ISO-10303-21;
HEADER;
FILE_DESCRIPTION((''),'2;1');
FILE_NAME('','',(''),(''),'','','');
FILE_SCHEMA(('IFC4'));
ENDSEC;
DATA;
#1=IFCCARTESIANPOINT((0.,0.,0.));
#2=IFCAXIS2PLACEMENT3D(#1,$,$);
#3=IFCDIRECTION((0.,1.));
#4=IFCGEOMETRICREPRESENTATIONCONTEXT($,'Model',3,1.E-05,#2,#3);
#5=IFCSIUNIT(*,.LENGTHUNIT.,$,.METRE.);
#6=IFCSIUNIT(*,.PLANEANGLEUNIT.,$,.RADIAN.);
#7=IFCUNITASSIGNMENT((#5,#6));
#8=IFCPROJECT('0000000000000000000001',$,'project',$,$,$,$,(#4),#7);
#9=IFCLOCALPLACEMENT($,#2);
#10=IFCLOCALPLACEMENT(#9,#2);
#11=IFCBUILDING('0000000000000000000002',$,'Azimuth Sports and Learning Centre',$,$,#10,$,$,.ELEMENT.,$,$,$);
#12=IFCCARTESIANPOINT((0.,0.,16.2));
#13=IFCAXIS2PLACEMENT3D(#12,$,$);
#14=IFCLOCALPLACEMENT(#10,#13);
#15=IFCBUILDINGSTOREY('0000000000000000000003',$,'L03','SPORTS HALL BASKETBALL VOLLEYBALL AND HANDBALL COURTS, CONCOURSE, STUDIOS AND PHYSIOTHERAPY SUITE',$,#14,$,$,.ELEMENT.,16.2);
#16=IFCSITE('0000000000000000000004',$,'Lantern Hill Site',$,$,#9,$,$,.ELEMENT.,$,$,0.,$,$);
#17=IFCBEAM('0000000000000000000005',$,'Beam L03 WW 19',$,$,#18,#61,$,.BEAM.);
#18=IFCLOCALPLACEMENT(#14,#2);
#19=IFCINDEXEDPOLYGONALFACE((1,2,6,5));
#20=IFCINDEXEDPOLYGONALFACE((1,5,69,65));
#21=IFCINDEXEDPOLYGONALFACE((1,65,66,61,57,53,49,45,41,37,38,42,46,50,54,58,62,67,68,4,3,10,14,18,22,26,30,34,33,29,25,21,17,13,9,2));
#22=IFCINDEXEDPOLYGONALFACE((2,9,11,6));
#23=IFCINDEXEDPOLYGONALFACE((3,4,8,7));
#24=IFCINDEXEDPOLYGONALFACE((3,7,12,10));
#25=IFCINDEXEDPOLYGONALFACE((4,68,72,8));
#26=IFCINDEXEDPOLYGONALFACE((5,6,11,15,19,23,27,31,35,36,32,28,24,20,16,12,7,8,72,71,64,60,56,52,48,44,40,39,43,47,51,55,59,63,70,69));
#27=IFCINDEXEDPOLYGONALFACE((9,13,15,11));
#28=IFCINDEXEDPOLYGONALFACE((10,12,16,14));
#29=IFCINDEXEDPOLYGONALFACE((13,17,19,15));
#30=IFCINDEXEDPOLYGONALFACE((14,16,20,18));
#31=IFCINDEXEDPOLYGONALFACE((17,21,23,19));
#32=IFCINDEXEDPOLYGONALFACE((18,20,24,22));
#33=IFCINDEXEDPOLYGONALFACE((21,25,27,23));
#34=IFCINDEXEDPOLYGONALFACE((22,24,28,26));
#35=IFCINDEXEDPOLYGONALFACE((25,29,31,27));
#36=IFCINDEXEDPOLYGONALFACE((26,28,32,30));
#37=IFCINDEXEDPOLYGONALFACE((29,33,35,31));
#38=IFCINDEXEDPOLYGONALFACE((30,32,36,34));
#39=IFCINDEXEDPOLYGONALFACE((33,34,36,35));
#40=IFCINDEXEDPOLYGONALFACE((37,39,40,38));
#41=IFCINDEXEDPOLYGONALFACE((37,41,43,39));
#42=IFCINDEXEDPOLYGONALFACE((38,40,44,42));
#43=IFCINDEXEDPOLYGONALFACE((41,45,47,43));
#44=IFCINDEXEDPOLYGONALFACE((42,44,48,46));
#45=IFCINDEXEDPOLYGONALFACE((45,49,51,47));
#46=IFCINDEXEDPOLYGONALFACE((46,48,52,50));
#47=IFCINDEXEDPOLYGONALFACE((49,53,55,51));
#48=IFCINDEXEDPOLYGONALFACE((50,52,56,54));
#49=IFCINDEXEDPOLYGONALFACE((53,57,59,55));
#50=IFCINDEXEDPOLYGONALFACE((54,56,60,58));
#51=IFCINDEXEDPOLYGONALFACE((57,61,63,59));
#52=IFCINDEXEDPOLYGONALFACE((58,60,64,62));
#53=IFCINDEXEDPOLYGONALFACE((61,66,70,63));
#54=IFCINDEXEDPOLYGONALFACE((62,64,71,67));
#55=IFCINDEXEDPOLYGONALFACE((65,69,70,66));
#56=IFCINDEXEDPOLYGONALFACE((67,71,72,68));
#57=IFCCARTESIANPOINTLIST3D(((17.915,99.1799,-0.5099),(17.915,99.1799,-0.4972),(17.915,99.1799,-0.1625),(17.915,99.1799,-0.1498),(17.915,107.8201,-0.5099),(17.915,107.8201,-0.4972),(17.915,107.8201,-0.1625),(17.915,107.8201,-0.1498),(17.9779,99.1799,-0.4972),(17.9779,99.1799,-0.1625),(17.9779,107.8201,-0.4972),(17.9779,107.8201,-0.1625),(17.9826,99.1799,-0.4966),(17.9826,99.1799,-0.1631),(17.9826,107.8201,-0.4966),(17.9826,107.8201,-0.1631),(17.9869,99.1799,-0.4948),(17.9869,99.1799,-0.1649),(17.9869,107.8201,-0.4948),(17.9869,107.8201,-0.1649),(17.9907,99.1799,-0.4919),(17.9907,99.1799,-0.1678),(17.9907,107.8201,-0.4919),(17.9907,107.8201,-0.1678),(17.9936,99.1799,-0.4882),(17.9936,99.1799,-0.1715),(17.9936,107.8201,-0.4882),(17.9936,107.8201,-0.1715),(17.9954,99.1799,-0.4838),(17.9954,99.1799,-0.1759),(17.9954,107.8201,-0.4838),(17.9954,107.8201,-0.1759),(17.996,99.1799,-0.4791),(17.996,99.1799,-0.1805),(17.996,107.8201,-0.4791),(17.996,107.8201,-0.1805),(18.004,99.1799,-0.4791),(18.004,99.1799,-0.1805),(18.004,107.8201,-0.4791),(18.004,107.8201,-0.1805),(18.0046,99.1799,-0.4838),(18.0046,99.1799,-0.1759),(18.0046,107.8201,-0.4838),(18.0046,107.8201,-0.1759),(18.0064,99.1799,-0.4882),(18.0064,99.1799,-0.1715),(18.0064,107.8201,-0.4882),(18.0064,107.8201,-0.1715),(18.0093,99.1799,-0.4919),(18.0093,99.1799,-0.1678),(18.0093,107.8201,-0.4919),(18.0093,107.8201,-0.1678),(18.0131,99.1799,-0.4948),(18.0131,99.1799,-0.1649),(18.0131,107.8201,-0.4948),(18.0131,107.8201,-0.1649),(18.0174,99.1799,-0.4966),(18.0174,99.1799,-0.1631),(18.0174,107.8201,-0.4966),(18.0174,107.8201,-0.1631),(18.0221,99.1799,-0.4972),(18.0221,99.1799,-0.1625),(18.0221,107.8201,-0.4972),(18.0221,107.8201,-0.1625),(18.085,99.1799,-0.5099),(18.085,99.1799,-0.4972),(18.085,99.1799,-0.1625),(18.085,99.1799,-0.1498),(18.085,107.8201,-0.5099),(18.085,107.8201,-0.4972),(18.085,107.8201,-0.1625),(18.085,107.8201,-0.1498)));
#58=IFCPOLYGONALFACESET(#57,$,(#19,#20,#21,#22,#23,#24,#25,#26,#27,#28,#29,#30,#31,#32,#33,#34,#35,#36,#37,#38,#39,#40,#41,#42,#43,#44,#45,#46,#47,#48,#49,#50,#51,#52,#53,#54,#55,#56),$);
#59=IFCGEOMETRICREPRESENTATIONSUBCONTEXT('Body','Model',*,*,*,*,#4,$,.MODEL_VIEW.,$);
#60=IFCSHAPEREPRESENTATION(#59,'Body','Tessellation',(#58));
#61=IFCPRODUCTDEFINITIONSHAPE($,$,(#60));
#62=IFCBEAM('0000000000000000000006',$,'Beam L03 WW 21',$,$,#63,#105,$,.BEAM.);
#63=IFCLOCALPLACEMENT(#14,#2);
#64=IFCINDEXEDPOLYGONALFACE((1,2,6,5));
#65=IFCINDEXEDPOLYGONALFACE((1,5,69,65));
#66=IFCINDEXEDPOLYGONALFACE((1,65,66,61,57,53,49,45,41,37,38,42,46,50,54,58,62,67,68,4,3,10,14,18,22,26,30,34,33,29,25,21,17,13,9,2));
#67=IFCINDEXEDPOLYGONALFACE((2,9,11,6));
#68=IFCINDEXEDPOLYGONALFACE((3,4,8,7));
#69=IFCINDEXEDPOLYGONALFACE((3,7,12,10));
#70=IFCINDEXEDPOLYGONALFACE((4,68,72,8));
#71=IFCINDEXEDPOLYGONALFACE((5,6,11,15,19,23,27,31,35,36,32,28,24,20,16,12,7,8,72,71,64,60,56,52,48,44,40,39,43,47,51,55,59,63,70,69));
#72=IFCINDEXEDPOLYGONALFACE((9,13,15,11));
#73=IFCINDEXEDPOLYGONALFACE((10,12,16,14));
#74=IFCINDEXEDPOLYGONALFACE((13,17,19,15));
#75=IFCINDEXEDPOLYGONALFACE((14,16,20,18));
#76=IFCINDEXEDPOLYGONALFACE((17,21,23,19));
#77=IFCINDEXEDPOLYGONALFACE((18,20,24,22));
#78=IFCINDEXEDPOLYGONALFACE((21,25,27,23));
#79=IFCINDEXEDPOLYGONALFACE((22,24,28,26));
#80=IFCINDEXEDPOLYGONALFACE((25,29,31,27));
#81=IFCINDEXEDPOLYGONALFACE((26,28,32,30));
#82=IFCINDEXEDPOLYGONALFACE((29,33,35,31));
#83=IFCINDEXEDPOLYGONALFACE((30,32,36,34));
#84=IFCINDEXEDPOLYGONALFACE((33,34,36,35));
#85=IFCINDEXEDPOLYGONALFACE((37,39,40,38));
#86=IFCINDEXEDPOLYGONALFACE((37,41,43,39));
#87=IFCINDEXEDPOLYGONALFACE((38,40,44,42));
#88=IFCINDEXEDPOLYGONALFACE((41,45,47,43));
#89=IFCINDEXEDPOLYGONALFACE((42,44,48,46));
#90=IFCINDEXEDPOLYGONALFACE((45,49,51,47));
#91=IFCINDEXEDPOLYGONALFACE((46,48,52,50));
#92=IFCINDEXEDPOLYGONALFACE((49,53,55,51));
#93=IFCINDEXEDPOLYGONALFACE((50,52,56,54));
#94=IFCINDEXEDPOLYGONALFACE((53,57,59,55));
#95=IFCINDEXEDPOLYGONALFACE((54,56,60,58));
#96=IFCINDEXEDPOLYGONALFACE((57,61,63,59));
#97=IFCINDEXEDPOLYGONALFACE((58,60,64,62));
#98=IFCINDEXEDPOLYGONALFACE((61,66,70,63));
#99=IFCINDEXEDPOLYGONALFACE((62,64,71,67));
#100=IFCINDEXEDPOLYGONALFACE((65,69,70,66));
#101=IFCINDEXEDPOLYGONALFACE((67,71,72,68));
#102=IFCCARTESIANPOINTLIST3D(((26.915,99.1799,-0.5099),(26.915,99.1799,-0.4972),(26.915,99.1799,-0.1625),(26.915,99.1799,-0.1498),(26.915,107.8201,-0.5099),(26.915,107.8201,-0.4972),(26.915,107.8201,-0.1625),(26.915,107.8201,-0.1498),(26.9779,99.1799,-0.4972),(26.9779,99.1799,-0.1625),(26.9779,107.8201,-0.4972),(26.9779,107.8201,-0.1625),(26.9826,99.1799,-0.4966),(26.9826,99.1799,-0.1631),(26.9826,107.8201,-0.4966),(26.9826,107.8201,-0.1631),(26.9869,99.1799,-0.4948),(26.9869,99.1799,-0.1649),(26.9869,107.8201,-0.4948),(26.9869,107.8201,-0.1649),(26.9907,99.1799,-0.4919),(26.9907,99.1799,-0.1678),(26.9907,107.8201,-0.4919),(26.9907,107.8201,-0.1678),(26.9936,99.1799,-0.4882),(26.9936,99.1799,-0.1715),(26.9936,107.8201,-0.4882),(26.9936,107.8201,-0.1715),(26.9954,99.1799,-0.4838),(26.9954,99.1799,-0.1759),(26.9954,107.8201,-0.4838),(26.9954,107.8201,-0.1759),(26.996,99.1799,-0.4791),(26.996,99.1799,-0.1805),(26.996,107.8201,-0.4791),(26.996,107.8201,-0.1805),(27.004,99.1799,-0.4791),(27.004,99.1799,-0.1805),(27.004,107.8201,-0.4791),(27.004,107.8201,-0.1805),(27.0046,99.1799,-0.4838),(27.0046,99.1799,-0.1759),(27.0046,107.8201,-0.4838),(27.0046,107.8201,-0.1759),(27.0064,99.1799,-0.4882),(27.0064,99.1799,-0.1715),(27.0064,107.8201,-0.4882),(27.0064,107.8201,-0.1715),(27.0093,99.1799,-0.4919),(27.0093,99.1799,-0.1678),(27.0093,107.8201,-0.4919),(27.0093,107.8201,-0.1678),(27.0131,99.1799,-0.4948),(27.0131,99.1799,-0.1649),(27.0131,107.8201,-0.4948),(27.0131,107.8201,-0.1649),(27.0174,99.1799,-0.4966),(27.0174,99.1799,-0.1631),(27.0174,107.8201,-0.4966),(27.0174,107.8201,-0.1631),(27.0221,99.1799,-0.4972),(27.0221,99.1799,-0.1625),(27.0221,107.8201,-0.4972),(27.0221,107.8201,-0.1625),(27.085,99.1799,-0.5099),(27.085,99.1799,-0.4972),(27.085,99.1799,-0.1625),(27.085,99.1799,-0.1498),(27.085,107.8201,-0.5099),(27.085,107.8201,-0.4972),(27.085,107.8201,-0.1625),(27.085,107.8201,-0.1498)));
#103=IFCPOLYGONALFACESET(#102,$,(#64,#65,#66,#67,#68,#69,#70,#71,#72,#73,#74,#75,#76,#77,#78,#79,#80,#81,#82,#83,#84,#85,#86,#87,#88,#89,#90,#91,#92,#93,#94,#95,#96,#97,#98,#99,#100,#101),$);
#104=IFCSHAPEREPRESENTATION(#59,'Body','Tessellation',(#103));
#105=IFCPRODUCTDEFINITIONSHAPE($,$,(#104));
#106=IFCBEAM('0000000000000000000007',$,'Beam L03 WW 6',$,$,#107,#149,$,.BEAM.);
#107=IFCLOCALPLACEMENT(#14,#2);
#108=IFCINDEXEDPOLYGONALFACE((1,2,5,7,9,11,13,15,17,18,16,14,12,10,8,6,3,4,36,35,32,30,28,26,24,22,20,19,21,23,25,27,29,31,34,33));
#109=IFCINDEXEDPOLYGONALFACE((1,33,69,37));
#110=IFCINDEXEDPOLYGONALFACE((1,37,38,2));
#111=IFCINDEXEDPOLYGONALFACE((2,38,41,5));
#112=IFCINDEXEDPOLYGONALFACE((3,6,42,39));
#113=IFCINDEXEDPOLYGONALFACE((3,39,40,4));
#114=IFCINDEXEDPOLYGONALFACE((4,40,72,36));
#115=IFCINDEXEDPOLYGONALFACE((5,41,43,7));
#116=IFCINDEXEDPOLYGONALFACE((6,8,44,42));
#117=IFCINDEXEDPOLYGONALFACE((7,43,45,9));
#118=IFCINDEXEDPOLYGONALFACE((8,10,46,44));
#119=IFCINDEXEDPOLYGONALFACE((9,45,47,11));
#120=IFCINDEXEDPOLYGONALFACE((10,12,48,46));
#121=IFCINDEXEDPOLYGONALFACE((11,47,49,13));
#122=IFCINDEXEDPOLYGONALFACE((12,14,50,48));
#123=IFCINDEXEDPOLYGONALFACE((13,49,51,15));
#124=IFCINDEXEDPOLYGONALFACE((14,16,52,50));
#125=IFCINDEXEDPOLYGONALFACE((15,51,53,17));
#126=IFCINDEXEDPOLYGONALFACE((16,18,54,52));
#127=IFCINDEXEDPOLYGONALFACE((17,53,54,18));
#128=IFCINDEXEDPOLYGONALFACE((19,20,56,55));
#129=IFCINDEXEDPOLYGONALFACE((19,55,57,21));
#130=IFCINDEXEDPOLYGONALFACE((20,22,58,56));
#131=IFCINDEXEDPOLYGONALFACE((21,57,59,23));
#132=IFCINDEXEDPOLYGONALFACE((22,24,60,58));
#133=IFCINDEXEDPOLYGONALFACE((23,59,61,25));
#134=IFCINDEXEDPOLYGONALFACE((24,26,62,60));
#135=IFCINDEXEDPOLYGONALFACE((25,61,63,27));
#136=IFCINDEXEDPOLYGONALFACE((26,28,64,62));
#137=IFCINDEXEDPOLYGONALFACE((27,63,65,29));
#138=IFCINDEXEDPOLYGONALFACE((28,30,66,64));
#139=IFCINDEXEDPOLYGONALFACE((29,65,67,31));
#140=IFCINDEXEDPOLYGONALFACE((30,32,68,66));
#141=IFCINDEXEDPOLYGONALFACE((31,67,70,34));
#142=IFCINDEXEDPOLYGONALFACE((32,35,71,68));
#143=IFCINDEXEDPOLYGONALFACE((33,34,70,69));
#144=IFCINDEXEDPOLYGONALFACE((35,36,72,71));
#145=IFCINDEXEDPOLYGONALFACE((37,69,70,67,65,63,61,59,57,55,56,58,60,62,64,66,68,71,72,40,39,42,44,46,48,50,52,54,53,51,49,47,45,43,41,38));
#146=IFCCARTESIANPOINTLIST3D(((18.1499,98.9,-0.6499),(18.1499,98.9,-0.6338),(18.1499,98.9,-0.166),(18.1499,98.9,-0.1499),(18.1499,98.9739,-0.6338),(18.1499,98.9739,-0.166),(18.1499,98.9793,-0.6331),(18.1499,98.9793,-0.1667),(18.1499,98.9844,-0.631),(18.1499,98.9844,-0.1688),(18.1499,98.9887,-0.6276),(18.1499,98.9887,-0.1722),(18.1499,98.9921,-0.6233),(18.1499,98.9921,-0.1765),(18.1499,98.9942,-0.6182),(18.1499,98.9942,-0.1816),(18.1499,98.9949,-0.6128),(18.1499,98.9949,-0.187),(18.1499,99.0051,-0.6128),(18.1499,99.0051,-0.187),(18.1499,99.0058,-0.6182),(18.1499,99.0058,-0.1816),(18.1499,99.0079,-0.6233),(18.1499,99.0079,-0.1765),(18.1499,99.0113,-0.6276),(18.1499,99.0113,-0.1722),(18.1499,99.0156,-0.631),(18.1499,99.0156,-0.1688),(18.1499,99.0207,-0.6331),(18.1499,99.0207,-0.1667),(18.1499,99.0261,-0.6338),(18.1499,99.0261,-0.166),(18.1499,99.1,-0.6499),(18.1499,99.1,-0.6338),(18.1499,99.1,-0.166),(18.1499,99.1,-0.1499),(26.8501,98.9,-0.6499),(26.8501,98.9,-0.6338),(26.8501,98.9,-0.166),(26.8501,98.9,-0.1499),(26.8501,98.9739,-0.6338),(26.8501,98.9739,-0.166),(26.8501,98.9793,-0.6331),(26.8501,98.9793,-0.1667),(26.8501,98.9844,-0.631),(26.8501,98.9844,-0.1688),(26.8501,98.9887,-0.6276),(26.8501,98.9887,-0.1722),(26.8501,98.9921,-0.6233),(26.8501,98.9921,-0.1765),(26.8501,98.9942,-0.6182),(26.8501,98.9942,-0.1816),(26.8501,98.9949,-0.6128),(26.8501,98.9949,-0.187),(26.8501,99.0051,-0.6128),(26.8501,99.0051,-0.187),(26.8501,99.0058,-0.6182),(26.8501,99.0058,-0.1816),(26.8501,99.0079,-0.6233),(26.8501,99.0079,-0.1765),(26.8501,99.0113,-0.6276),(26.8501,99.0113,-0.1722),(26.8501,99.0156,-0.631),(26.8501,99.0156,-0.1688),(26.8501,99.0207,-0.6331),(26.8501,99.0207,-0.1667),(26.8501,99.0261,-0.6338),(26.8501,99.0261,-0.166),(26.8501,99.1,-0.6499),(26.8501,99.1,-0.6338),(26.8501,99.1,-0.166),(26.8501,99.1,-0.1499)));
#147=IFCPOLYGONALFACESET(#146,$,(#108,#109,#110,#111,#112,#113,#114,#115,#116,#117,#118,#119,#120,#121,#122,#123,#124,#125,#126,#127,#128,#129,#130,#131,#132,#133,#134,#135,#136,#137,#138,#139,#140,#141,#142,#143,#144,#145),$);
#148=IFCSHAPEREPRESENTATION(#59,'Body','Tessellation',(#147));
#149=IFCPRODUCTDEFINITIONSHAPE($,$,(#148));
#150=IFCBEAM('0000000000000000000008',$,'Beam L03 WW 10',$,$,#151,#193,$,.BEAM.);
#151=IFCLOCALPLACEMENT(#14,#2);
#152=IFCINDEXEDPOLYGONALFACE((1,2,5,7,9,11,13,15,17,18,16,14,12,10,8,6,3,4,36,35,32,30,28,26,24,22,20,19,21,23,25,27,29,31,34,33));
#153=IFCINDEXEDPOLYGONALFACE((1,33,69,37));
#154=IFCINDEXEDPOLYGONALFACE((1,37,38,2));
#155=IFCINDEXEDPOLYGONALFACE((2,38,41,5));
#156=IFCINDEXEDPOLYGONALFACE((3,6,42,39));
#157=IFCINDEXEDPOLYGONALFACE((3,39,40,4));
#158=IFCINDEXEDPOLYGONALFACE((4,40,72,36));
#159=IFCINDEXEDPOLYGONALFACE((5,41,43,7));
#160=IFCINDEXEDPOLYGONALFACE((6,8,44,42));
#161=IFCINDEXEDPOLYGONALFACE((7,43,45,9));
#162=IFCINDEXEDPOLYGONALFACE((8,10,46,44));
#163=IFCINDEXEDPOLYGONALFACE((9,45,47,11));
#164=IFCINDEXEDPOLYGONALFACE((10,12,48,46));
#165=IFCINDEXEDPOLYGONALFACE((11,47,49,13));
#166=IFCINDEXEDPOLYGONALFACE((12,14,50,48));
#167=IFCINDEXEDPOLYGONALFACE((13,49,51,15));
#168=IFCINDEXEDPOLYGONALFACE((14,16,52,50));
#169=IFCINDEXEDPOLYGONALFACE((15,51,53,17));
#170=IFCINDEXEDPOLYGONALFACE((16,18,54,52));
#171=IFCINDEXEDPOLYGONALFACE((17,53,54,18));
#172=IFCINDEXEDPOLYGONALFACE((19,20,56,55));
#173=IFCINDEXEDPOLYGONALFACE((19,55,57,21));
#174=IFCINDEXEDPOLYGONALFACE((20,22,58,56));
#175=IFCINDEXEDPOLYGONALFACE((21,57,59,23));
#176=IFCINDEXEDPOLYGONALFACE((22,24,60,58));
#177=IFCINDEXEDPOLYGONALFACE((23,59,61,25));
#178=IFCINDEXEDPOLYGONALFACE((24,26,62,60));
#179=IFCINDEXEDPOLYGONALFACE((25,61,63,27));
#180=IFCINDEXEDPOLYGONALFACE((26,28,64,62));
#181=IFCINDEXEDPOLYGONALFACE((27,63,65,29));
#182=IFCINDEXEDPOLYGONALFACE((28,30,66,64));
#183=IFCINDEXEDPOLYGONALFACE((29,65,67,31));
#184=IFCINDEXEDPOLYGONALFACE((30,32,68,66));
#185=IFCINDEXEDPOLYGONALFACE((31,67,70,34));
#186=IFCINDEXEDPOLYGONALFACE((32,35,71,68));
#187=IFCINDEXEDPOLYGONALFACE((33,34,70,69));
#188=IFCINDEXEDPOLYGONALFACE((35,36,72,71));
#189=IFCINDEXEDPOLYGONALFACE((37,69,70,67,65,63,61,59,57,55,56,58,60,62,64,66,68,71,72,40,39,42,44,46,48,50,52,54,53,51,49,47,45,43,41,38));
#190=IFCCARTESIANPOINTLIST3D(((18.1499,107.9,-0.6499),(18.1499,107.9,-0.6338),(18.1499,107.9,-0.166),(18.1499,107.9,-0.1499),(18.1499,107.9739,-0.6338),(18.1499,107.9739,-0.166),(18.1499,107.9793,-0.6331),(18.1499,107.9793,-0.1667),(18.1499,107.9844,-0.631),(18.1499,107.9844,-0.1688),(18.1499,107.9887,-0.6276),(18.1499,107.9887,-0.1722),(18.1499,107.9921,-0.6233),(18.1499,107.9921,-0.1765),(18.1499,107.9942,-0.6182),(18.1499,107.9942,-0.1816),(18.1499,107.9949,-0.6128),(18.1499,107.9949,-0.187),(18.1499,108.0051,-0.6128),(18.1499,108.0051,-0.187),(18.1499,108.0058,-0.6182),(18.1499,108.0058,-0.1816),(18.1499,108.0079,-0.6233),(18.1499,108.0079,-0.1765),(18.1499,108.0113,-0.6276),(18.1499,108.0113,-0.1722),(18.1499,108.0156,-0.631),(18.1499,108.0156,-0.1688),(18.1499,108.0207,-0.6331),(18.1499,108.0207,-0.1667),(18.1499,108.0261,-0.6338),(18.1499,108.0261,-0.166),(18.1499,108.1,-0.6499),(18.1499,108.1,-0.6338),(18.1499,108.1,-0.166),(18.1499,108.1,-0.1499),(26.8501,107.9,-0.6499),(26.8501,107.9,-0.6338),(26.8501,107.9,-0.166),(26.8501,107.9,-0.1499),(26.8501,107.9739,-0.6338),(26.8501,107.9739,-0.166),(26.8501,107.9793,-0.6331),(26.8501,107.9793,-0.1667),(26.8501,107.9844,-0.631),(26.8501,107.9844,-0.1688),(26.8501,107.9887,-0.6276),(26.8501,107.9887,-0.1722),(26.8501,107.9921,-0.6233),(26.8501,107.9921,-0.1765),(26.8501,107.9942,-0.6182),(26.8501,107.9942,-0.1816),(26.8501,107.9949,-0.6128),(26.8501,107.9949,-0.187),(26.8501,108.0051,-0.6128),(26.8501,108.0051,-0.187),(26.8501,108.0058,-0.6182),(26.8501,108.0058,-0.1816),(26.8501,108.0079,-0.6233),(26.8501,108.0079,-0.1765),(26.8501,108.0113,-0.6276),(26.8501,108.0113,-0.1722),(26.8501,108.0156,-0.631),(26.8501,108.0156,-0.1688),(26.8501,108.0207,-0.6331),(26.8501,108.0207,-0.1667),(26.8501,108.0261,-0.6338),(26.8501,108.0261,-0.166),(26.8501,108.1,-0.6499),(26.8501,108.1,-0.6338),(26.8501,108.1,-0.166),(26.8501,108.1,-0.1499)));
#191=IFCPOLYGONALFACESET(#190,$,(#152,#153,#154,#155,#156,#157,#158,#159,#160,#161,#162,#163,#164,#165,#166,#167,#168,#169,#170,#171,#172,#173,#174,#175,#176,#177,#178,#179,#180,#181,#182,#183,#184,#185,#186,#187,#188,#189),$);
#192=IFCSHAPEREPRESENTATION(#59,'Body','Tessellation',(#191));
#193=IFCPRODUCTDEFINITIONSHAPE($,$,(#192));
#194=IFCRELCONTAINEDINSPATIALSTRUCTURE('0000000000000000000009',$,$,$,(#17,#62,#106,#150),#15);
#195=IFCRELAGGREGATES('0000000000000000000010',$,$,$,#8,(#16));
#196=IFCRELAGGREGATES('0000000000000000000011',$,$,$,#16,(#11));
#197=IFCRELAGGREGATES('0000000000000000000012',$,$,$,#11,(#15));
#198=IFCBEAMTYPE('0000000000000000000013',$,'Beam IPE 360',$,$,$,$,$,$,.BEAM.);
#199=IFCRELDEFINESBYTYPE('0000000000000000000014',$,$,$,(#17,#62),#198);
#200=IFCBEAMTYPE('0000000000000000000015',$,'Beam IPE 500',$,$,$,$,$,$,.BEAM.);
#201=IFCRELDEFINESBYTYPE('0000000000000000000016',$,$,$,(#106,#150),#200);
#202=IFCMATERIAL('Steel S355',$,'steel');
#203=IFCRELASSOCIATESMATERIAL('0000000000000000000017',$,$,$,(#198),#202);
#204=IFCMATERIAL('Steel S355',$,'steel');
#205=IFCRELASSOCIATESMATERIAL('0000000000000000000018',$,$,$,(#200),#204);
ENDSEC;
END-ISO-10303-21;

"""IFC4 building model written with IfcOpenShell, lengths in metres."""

from ifc_helpers import new_model, si_unit, direction, frame, origin, origin_2d, place, context, subcontext, project, spatial, i_section, extrude, material, material_profile, profile_set, type_object, element, save


model = new_model("IFC4")

# Units and contexts
model_context = context("Model", 3, precision=1e-05, world=origin(), true_north=direction((0.0, 1.0)))
body_context = subcontext(model_context, "Body", "Model", "MODEL_VIEW")
ifc_project = project(units=[si_unit("LENGTHUNIT", "METRE"), si_unit("PLANEANGLEUNIT", "RADIAN")], contexts=[model_context])

# Site, building, storey
site_placement = place(None, origin())
site = spatial("IfcSite", under=ifc_project, at=site_placement, Name="Lantern Hill Site", CompositionType="ELEMENT", RefElevation=0.0)
building_placement = place(site_placement, origin())
building = spatial("IfcBuilding", under=site, at=building_placement, Name="Azimuth Sports and Learning Centre", CompositionType="ELEMENT")
storey_placement = place(building_placement, frame((0.0, 0.0, 16.2)))
storey = spatial("IfcBuildingStorey", under=building, at=storey_placement, Name="L03", Description="SPORTS HALL BASKETBALL VOLLEYBALL AND HANDBALL COURTS, CONCOURSE, STUDIOS AND PHYSIOTHERAPY SUITE", CompositionType="ELEMENT", Elevation=16.2)

# Beams
ifc_material_1 = material(Name="Steel S355", Category="steel")
ifc_material_profile_1 = material_profile(ifc_material_1, i_section(OverallWidth=0.1699, OverallDepth=0.3601, WebThickness=0.0081, FlangeThickness=0.0127, FilletRadius=0.0181, at=origin_2d()), Name="IPE 360")
ifc_profile_set_1 = profile_set([ifc_material_profile_1], Name="Steel S355")
beam_type_1 = type_object("IfcBeamType", Name="Beam IPE 360", PredefinedType="BEAM", material=ifc_profile_set_1)
for number, where, z_axis, x_axis, name in (
    (1, (18.0, 99.1799, -0.3298), (0.0, 1.0, 0.0), (-1.0, 0.0, 0.0), "Beam L03 WW 19"),
    (2, (27.0, 99.1799, -0.3298), (0.0, 1.0, 0.0), (-1.0, 0.0, 0.0), "Beam L03 WW 21"),
):
    element("IfcBeam", number, at=place(storey_placement, frame(where, z_axis=z_axis, x_axis=x_axis)), inside=storey, type_object=beam_type_1, Name=name, PredefinedType="BEAM", context=body_context, shape_type="SweptSolid", body=[
        extrude(i_section(OverallWidth=0.1699, OverallDepth=0.3601, WebThickness=0.0081, FlangeThickness=0.0127, FilletRadius=0.0181, at=origin_2d()), origin(), (0.0, 0.0, 1.0), 8.6401),
    ])
ifc_material_2 = material(Name="Steel S355", Category="steel")
ifc_material_profile_2 = material_profile(ifc_material_2, i_section(OverallWidth=0.2, OverallDepth=0.5, WebThickness=0.0103, FlangeThickness=0.0161, FilletRadius=0.021, at=origin_2d()), Name="IPE 500")
ifc_profile_set_2 = profile_set([ifc_material_profile_2], Name="Steel S355")
beam_type_2 = type_object("IfcBeamType", Name="Beam IPE 500", PredefinedType="BEAM", material=ifc_profile_set_2)
for number, where, z_axis, x_axis, name in (
    (3, (18.1499, 99.0, -0.3999), (1.0, 0.0, 0.0), (0.0, 1.0, 0.0), "Beam L03 WW 6"),
    (4, (18.1499, 108.0, -0.3999), (1.0, 0.0, 0.0), (0.0, 1.0, 0.0), "Beam L03 WW 10"),
):
    element("IfcBeam", number, at=place(storey_placement, frame(where, z_axis=z_axis, x_axis=x_axis)), inside=storey, type_object=beam_type_2, Name=name, PredefinedType="BEAM", context=body_context, shape_type="SweptSolid", body=[
        extrude(i_section(OverallWidth=0.2, OverallDepth=0.5, WebThickness=0.0103, FlangeThickness=0.0161, FilletRadius=0.021, at=origin_2d()), origin(), (0.0, 0.0, 1.0), 8.7002),
    ])

save(model, "model.ifc")
